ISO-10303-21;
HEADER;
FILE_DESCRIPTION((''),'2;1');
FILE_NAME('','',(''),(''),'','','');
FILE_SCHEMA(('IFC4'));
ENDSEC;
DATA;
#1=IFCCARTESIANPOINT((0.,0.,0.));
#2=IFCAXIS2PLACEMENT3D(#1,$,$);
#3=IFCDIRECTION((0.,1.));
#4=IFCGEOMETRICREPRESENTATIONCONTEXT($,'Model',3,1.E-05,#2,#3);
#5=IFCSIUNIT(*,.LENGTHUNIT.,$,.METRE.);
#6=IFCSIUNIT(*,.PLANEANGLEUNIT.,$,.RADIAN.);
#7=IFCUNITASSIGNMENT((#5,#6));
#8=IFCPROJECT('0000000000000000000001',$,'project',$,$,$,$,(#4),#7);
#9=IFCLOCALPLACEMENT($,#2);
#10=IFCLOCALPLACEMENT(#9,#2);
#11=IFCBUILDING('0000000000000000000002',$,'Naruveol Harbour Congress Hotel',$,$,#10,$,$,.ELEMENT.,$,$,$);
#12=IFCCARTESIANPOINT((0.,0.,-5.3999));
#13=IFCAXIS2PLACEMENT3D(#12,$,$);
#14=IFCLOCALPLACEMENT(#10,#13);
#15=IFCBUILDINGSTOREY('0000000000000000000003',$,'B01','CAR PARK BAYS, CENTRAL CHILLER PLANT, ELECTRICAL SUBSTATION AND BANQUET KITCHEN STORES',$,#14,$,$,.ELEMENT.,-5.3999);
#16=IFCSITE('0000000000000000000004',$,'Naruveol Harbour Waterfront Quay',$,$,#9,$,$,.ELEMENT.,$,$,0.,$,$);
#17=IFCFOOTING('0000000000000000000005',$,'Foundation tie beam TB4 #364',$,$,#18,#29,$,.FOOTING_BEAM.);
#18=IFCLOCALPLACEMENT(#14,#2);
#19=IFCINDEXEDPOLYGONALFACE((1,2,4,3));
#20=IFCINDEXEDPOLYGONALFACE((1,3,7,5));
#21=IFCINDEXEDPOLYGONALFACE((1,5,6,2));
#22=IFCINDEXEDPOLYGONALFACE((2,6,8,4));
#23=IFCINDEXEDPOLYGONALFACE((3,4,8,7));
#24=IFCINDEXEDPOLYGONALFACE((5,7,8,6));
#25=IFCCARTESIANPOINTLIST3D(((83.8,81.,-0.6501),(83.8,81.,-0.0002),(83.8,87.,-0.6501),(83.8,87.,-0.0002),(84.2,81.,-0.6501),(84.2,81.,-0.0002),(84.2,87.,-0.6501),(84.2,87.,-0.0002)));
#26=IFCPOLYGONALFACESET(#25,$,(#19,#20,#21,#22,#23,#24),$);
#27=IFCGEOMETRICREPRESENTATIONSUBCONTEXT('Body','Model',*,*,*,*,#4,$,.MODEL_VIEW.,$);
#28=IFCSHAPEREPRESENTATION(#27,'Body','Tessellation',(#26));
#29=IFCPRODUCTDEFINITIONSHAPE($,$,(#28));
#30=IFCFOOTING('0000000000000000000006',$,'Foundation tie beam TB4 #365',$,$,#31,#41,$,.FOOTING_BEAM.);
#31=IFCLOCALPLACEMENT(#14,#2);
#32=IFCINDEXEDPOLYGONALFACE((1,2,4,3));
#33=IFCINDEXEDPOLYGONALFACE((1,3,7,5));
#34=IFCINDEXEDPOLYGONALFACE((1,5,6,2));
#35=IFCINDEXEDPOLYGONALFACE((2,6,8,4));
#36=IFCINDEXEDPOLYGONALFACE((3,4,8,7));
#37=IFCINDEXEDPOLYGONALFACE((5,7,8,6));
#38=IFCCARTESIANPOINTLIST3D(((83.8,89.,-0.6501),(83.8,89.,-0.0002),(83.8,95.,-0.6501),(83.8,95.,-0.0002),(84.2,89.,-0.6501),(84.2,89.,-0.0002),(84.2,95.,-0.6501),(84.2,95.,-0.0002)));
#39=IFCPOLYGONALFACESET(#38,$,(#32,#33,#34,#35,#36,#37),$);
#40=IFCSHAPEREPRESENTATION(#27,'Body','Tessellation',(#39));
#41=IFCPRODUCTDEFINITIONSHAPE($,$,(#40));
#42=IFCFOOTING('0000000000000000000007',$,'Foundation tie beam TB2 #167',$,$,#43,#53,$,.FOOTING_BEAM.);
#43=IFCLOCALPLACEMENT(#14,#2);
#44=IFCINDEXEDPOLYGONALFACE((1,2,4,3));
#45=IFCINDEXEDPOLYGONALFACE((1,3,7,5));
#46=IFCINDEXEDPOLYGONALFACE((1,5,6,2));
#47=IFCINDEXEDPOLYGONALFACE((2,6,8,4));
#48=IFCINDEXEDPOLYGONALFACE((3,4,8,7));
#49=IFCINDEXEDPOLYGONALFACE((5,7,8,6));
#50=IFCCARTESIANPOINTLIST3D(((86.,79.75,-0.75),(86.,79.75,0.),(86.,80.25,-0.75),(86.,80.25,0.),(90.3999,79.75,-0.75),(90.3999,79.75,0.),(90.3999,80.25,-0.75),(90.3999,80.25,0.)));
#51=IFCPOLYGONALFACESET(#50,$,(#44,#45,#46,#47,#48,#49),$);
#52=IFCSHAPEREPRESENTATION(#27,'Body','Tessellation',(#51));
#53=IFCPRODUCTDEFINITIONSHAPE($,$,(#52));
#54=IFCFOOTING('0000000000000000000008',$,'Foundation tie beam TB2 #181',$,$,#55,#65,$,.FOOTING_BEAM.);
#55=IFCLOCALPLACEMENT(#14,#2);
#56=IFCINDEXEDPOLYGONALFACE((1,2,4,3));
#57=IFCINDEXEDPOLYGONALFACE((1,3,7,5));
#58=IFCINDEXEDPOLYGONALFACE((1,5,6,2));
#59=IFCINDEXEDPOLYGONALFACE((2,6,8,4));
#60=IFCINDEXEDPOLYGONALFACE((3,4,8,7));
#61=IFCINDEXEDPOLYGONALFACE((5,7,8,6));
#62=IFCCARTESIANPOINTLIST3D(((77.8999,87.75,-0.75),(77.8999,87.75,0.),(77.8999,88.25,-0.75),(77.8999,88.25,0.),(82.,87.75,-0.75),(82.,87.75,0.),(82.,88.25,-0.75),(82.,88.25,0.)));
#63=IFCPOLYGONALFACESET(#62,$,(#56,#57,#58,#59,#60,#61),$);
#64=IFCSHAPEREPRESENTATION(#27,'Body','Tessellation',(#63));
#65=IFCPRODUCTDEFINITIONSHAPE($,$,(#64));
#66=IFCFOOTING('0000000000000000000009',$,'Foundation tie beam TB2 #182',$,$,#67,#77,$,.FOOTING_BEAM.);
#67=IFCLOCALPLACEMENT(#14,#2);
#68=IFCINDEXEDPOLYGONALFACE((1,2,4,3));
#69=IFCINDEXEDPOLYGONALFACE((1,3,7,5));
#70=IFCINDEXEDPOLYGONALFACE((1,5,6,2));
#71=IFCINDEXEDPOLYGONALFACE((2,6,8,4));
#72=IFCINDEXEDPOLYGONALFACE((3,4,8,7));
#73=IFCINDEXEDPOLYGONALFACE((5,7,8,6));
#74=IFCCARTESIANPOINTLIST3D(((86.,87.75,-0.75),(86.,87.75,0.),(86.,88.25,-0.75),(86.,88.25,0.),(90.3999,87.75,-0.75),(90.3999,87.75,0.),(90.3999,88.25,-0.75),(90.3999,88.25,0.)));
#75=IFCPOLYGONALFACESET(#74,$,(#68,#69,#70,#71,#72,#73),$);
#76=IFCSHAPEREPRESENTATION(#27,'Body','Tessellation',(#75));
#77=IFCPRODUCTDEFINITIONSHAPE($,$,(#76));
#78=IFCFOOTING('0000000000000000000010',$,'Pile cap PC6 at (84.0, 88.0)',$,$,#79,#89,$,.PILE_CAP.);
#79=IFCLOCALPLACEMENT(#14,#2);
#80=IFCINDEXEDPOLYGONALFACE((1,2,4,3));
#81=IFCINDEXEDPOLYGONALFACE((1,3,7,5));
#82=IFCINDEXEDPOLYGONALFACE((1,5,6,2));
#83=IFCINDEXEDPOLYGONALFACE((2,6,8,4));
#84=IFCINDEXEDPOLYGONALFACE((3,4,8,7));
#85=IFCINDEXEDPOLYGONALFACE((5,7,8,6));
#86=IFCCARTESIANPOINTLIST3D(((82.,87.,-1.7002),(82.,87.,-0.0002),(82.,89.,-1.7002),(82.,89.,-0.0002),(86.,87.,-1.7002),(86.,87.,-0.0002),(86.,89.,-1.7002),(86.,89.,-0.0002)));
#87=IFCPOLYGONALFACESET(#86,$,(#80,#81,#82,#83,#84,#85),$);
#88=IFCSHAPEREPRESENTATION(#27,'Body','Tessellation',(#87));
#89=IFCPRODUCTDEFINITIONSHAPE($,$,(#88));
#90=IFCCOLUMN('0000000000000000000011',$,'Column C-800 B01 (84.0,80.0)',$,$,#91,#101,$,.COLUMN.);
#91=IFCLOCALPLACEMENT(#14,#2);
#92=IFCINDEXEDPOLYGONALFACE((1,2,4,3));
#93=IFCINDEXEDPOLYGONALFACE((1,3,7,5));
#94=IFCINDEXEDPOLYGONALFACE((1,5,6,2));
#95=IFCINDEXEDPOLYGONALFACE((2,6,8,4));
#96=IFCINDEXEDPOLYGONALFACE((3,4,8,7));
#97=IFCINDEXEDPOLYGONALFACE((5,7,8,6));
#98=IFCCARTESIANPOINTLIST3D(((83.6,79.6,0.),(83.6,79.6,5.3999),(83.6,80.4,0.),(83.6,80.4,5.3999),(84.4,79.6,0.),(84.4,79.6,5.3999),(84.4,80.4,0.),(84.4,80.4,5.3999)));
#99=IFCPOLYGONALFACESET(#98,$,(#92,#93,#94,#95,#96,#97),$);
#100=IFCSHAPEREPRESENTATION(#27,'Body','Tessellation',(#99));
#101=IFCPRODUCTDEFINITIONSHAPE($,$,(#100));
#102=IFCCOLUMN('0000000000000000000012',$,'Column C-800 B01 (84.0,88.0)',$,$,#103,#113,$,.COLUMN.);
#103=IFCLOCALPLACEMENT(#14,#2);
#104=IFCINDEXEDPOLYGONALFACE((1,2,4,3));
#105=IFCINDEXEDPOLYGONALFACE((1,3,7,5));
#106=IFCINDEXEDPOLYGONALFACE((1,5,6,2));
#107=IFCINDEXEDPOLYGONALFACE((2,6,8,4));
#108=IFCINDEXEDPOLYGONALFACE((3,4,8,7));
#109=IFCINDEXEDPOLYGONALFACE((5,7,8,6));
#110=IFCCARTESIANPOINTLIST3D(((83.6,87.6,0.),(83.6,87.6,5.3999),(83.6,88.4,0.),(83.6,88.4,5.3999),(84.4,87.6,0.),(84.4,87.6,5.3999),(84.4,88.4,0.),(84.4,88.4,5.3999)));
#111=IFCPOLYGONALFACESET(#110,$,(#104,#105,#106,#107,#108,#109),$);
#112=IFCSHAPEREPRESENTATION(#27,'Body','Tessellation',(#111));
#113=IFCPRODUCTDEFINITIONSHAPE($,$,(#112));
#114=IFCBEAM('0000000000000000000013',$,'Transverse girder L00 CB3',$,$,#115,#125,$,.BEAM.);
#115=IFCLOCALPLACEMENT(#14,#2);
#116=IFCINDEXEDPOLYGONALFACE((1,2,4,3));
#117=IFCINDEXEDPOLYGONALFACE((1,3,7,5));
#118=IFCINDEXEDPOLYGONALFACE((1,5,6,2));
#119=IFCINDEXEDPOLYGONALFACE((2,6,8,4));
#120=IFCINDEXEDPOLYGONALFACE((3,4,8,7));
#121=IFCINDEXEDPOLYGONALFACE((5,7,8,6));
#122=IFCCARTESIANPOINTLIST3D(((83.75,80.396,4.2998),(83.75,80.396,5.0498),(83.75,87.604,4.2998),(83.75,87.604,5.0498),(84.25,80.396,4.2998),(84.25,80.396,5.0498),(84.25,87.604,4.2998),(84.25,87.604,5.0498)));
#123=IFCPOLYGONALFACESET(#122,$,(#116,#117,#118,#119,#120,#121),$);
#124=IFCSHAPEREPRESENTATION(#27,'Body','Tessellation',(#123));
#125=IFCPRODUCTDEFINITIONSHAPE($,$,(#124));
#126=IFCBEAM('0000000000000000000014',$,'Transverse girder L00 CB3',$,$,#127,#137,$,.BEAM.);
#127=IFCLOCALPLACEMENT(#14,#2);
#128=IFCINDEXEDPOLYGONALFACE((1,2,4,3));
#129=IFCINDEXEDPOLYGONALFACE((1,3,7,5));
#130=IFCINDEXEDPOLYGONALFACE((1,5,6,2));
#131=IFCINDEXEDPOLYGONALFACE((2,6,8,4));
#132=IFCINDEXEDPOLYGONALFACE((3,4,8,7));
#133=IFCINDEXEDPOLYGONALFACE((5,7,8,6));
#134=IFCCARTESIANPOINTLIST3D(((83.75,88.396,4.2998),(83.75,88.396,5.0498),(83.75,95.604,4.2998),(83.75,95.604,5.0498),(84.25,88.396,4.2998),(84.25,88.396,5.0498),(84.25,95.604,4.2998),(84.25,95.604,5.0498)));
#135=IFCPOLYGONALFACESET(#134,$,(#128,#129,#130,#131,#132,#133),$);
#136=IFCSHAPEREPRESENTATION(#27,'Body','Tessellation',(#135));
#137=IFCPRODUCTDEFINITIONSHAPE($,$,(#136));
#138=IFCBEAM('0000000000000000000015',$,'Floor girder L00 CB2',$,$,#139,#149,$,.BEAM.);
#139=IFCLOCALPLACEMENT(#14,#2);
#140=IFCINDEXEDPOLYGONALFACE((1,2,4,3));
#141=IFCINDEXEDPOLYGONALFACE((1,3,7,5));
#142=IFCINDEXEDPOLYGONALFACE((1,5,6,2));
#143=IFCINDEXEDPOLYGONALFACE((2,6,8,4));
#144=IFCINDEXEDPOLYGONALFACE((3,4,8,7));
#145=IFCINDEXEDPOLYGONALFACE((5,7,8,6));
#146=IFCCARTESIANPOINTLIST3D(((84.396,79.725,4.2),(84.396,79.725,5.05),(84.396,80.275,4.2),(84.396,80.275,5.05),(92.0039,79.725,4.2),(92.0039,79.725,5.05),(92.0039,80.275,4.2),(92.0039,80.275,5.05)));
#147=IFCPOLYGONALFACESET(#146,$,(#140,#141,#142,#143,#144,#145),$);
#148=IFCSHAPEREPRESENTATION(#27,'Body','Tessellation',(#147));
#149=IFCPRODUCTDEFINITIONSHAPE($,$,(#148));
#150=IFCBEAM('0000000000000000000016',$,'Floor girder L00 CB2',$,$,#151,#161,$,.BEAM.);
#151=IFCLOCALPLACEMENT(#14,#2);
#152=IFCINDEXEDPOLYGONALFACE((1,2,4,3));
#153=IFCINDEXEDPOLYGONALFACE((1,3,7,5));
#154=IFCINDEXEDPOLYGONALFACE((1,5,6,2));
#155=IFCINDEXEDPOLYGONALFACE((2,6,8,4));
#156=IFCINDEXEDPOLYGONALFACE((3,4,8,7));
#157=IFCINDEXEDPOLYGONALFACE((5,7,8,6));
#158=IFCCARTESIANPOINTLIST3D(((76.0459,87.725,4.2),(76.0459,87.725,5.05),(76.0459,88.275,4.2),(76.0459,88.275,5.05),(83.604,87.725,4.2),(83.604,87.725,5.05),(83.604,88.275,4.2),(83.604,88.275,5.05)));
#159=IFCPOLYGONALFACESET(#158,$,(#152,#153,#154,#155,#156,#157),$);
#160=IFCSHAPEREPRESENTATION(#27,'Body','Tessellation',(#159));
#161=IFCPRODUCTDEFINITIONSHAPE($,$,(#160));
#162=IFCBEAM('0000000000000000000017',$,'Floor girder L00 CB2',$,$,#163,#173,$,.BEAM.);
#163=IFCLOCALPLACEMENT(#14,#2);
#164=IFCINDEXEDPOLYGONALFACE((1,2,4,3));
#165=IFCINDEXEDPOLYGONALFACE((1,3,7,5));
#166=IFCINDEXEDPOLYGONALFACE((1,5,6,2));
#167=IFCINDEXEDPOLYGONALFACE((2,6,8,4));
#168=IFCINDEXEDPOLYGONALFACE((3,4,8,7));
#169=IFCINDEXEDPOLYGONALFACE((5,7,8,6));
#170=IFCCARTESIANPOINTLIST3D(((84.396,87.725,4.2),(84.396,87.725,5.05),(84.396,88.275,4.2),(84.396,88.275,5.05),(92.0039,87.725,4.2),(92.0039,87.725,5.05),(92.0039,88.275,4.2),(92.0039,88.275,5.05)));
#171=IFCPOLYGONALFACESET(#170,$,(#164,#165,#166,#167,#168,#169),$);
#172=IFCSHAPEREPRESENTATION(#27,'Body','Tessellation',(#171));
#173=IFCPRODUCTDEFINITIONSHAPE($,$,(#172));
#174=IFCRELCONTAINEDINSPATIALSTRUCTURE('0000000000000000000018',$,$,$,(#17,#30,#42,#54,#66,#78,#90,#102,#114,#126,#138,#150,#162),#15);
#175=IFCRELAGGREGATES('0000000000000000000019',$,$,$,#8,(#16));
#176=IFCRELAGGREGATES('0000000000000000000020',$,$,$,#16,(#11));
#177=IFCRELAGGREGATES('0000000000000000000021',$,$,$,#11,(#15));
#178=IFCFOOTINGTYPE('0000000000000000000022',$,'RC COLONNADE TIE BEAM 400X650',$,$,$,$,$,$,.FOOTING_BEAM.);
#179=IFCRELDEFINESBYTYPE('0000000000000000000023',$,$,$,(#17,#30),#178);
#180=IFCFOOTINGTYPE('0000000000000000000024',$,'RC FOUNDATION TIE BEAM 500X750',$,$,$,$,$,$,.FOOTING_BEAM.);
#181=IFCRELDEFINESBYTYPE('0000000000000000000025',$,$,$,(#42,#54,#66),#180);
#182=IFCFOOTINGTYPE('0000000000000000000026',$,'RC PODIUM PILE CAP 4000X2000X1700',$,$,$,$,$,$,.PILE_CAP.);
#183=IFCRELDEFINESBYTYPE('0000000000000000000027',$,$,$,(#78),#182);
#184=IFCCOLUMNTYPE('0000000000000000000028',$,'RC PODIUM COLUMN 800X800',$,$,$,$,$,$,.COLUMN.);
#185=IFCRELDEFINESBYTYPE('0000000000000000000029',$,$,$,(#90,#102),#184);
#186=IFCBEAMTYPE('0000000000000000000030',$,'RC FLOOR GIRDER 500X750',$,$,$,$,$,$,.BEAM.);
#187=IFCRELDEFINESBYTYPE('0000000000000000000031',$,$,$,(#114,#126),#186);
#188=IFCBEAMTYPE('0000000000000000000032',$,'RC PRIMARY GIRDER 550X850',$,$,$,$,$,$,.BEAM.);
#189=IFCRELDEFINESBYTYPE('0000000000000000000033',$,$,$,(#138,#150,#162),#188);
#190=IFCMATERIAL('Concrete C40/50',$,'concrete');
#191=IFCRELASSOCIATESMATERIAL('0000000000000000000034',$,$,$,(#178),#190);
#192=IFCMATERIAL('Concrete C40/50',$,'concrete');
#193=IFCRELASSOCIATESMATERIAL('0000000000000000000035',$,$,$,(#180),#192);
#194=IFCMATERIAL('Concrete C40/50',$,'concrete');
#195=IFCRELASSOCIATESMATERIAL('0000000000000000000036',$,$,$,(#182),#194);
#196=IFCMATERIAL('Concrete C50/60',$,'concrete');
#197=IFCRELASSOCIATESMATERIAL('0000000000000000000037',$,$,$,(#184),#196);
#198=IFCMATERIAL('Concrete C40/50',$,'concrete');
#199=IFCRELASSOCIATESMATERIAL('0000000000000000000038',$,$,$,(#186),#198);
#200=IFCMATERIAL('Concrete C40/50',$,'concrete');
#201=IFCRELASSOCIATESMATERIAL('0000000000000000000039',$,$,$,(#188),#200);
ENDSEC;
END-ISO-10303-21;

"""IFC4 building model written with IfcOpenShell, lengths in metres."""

from ifc_helpers import new_model, si_unit, direction, frame, origin, origin_2d, place, context, subcontext, project, spatial, rectangle, extrude, material, material_profile, profile_set, type_object, element, save


model = new_model("IFC4")

# Units and contexts
model_context = context("Model", 3, precision=1e-05, world=origin(), true_north=direction((0.0, 1.0)))
body_context = subcontext(model_context, "Body", "Model", "MODEL_VIEW")
ifc_project = project(units=[si_unit("LENGTHUNIT", "METRE"), si_unit("PLANEANGLEUNIT", "RADIAN")], contexts=[model_context])

# Site, building, storey
site_placement = place(None, origin())
site = spatial("IfcSite", under=ifc_project, at=site_placement, Name="Naruveol Harbour Waterfront Quay", CompositionType="ELEMENT", RefElevation=0.0)
building_placement = place(site_placement, origin())
building = spatial("IfcBuilding", under=site, at=building_placement, Name="Naruveol Harbour Congress Hotel", CompositionType="ELEMENT")
storey_placement = place(building_placement, frame((0.0, 0.0, -5.3999)))
storey = spatial("IfcBuildingStorey", under=building, at=storey_placement, Name="B01", Description="CAR PARK BAYS, CENTRAL CHILLER PLANT, ELECTRICAL SUBSTATION AND BANQUET KITCHEN STORES", CompositionType="ELEMENT", Elevation=-5.3999)

# Footings
ifc_material_1 = material(Name="Concrete C40/50", Category="concrete")
ifc_material_profile_1 = material_profile(ifc_material_1, rectangle(XDim=0.3999, YDim=0.6499, at=origin_2d()), Name="RCB-400x650")
ifc_profile_set_1 = profile_set([ifc_material_profile_1], Name="Concrete C40/50")
footing_type_1 = type_object("IfcFootingType", Name="RC COLONNADE TIE BEAM 400X650", PredefinedType="FOOTING_BEAM", material=ifc_profile_set_1)
for number, where, z_axis, x_axis, name in (
    (1, (84.0, 81.0, -0.3252), (0.0, 1.0, 0.0), (-1.0, 0.0, 0.0), "Foundation tie beam TB4 #364"),
    (2, (84.0, 89.0, -0.3252), (0.0, 1.0, 0.0), (-1.0, 0.0, 0.0), "Foundation tie beam TB4 #365"),
):
    element("IfcFooting", number, at=place(storey_placement, frame(where, z_axis=z_axis, x_axis=x_axis)), inside=storey, type_object=footing_type_1, Name=name, PredefinedType="FOOTING_BEAM", context=body_context, shape_type="SweptSolid", body=[
        extrude(rectangle(XDim=0.3999, YDim=0.6499, at=origin_2d()), origin(), (0.0, 0.0, 1.0), 6.0),
    ])
ifc_material_2 = material(Name="Concrete C40/50", Category="concrete")
ifc_material_profile_2 = material_profile(ifc_material_2, rectangle(XDim=0.5, YDim=0.75, at=origin_2d()), Name="RCB-500x750")
ifc_profile_set_2 = profile_set([ifc_material_profile_2], Name="Concrete C40/50")
footing_type_2 = type_object("IfcFootingType", Name="RC FOUNDATION TIE BEAM 500X750", PredefinedType="FOOTING_BEAM", material=ifc_profile_set_2)
footing_1_placement = place(storey_placement, frame((86.0, 80.0, -0.375), z_axis=(1.0, 0.0, 0.0), x_axis=(0.0, 1.0, 0.0)))
element("IfcFooting", 3, at=footing_1_placement, inside=storey, type_object=footing_type_2, Name="Foundation tie beam TB2 #167", PredefinedType="FOOTING_BEAM", context=body_context, shape_type="SweptSolid", body=[
    extrude(rectangle(XDim=0.5, YDim=0.75, at=origin_2d()), origin(), (0.0, 0.0, 1.0), 4.3999),
])
footing_2_placement = place(storey_placement, frame((77.8999, 88.0, -0.375), z_axis=(1.0, 0.0, 0.0), x_axis=(0.0, 1.0, 0.0)))
element("IfcFooting", 4, at=footing_2_placement, inside=storey, type_object=footing_type_2, Name="Foundation tie beam TB2 #181", PredefinedType="FOOTING_BEAM", context=body_context, shape_type="SweptSolid", body=[
    extrude(rectangle(XDim=0.5, YDim=0.75, at=origin_2d()), origin(), (0.0, 0.0, 1.0), 4.1001),
])
footing_3_placement = place(storey_placement, frame((86.0, 88.0, -0.375), z_axis=(1.0, 0.0, 0.0), x_axis=(0.0, 1.0, 0.0)))
element("IfcFooting", 5, at=footing_3_placement, inside=storey, type_object=footing_type_2, Name="Foundation tie beam TB2 #182", PredefinedType="FOOTING_BEAM", context=body_context, shape_type="SweptSolid", body=[
    extrude(rectangle(XDim=0.5, YDim=0.75, at=origin_2d()), origin(), (0.0, 0.0, 1.0), 4.3999),
])
ifc_material_3 = material(Name="Concrete C40/50", Category="concrete")
footing_type_3 = type_object("IfcFootingType", Name="RC PODIUM PILE CAP 4000X2000X1700", PredefinedType="PILE_CAP", material=ifc_material_3)
footing_4_placement = place(storey_placement, frame((84.0, 88.0, -1.7002), z_axis=(0.0, 0.0, 1.0), x_axis=(1.0, 0.0, 0.0)))
element("IfcFooting", 6, at=footing_4_placement, inside=storey, type_object=footing_type_3, Name="Pile cap PC6 at (84.0, 88.0)", PredefinedType="PILE_CAP", context=body_context, shape_type="SweptSolid", body=[
    extrude(rectangle(XDim=4.0, YDim=2.0, at=origin_2d()), origin(), (0.0, 0.0, 1.0), 1.7),
])

# Columns
ifc_material_4 = material(Name="Concrete C50/60", Category="concrete")
ifc_material_profile_3 = material_profile(ifc_material_4, rectangle(XDim=0.8, YDim=0.8, at=origin_2d()), Name="RC-800x800")
ifc_profile_set_3 = profile_set([ifc_material_profile_3], Name="Concrete C50/60")
column_type = type_object("IfcColumnType", Name="RC PODIUM COLUMN 800X800", PredefinedType="COLUMN", material=ifc_profile_set_3)
for number, where, z_axis, x_axis, name in (
    (7, (84.0, 80.0, 0.0), (0.0, 0.0, 1.0), (1.0, 0.0, 0.0), "Column C-800 B01 (84.0,80.0)"),
    (8, (84.0, 88.0, 0.0), (0.0, 0.0, 1.0), (1.0, 0.0, 0.0), "Column C-800 B01 (84.0,88.0)"),
):
    element("IfcColumn", number, at=place(storey_placement, frame(where, z_axis=z_axis, x_axis=x_axis)), inside=storey, type_object=column_type, Name=name, PredefinedType="COLUMN", context=body_context, shape_type="SweptSolid", body=[
        extrude(rectangle(XDim=0.8, YDim=0.8, at=origin_2d()), origin(), (0.0, 0.0, 1.0), 5.3999),
    ])

# Beams
ifc_material_5 = material(Name="Concrete C40/50", Category="concrete")
ifc_material_profile_4 = material_profile(ifc_material_5, rectangle(XDim=0.5, YDim=0.75, at=origin_2d()), Name="RCB-500x750")
ifc_profile_set_4 = profile_set([ifc_material_profile_4], Name="Concrete C40/50")
beam_type_1 = type_object("IfcBeamType", Name="RC FLOOR GIRDER 500X750", PredefinedType="BEAM", material=ifc_profile_set_4)
for number, where, z_axis, x_axis, name in (
    (9, (84.0, 80.396, 4.6748), (0.0, 1.0, 0.0), (-1.0, 0.0, 0.0), "Transverse girder L00 CB3"),
    (10, (84.0, 88.396, 4.6748), (0.0, 1.0, 0.0), (-1.0, 0.0, 0.0), "Transverse girder L00 CB3"),
):
    element("IfcBeam", number, at=place(storey_placement, frame(where, z_axis=z_axis, x_axis=x_axis)), inside=storey, type_object=beam_type_1, Name=name, PredefinedType="BEAM", context=body_context, shape_type="SweptSolid", body=[
        extrude(rectangle(XDim=0.5, YDim=0.75, at=origin_2d()), origin(), (0.0, 0.0, 1.0), 7.208),
    ])
ifc_material_6 = material(Name="Concrete C40/50", Category="concrete")
ifc_material_profile_5 = material_profile(ifc_material_6, rectangle(XDim=0.55, YDim=0.8501, at=origin_2d()), Name="RCB-550x850")
ifc_profile_set_5 = profile_set([ifc_material_profile_5], Name="Concrete C40/50")
beam_type_2 = type_object("IfcBeamType", Name="RC PRIMARY GIRDER 550X850", PredefinedType="BEAM", material=ifc_profile_set_5)
beam_1_placement = place(storey_placement, frame((84.396, 80.0, 4.625), z_axis=(1.0, 0.0, 0.0), x_axis=(0.0, 1.0, 0.0)))
element("IfcBeam", 11, at=beam_1_placement, inside=storey, type_object=beam_type_2, Name="Floor girder L00 CB2", PredefinedType="BEAM", context=body_context, shape_type="SweptSolid", body=[
    extrude(rectangle(XDim=0.55, YDim=0.8501, at=origin_2d()), origin(), (0.0, 0.0, 1.0), 7.6079),
])
beam_2_placement = place(storey_placement, frame((76.0459, 88.0, 4.625), z_axis=(1.0, 0.0, 0.0), x_axis=(0.0, 1.0, 0.0)))
element("IfcBeam", 12, at=beam_2_placement, inside=storey, type_object=beam_type_2, Name="Floor girder L00 CB2", PredefinedType="BEAM", context=body_context, shape_type="SweptSolid", body=[
    extrude(rectangle(XDim=0.55, YDim=0.8501, at=origin_2d()), origin(), (0.0, 0.0, 1.0), 7.5581),
])
beam_3_placement = place(storey_placement, frame((84.396, 88.0, 4.625), z_axis=(1.0, 0.0, 0.0), x_axis=(0.0, 1.0, 0.0)))
element("IfcBeam", 13, at=beam_3_placement, inside=storey, type_object=beam_type_2, Name="Floor girder L00 CB2", PredefinedType="BEAM", context=body_context, shape_type="SweptSolid", body=[
    extrude(rectangle(XDim=0.55, YDim=0.8501, at=origin_2d()), origin(), (0.0, 0.0, 1.0), 7.6079),
])

save(model, "model.ifc")
